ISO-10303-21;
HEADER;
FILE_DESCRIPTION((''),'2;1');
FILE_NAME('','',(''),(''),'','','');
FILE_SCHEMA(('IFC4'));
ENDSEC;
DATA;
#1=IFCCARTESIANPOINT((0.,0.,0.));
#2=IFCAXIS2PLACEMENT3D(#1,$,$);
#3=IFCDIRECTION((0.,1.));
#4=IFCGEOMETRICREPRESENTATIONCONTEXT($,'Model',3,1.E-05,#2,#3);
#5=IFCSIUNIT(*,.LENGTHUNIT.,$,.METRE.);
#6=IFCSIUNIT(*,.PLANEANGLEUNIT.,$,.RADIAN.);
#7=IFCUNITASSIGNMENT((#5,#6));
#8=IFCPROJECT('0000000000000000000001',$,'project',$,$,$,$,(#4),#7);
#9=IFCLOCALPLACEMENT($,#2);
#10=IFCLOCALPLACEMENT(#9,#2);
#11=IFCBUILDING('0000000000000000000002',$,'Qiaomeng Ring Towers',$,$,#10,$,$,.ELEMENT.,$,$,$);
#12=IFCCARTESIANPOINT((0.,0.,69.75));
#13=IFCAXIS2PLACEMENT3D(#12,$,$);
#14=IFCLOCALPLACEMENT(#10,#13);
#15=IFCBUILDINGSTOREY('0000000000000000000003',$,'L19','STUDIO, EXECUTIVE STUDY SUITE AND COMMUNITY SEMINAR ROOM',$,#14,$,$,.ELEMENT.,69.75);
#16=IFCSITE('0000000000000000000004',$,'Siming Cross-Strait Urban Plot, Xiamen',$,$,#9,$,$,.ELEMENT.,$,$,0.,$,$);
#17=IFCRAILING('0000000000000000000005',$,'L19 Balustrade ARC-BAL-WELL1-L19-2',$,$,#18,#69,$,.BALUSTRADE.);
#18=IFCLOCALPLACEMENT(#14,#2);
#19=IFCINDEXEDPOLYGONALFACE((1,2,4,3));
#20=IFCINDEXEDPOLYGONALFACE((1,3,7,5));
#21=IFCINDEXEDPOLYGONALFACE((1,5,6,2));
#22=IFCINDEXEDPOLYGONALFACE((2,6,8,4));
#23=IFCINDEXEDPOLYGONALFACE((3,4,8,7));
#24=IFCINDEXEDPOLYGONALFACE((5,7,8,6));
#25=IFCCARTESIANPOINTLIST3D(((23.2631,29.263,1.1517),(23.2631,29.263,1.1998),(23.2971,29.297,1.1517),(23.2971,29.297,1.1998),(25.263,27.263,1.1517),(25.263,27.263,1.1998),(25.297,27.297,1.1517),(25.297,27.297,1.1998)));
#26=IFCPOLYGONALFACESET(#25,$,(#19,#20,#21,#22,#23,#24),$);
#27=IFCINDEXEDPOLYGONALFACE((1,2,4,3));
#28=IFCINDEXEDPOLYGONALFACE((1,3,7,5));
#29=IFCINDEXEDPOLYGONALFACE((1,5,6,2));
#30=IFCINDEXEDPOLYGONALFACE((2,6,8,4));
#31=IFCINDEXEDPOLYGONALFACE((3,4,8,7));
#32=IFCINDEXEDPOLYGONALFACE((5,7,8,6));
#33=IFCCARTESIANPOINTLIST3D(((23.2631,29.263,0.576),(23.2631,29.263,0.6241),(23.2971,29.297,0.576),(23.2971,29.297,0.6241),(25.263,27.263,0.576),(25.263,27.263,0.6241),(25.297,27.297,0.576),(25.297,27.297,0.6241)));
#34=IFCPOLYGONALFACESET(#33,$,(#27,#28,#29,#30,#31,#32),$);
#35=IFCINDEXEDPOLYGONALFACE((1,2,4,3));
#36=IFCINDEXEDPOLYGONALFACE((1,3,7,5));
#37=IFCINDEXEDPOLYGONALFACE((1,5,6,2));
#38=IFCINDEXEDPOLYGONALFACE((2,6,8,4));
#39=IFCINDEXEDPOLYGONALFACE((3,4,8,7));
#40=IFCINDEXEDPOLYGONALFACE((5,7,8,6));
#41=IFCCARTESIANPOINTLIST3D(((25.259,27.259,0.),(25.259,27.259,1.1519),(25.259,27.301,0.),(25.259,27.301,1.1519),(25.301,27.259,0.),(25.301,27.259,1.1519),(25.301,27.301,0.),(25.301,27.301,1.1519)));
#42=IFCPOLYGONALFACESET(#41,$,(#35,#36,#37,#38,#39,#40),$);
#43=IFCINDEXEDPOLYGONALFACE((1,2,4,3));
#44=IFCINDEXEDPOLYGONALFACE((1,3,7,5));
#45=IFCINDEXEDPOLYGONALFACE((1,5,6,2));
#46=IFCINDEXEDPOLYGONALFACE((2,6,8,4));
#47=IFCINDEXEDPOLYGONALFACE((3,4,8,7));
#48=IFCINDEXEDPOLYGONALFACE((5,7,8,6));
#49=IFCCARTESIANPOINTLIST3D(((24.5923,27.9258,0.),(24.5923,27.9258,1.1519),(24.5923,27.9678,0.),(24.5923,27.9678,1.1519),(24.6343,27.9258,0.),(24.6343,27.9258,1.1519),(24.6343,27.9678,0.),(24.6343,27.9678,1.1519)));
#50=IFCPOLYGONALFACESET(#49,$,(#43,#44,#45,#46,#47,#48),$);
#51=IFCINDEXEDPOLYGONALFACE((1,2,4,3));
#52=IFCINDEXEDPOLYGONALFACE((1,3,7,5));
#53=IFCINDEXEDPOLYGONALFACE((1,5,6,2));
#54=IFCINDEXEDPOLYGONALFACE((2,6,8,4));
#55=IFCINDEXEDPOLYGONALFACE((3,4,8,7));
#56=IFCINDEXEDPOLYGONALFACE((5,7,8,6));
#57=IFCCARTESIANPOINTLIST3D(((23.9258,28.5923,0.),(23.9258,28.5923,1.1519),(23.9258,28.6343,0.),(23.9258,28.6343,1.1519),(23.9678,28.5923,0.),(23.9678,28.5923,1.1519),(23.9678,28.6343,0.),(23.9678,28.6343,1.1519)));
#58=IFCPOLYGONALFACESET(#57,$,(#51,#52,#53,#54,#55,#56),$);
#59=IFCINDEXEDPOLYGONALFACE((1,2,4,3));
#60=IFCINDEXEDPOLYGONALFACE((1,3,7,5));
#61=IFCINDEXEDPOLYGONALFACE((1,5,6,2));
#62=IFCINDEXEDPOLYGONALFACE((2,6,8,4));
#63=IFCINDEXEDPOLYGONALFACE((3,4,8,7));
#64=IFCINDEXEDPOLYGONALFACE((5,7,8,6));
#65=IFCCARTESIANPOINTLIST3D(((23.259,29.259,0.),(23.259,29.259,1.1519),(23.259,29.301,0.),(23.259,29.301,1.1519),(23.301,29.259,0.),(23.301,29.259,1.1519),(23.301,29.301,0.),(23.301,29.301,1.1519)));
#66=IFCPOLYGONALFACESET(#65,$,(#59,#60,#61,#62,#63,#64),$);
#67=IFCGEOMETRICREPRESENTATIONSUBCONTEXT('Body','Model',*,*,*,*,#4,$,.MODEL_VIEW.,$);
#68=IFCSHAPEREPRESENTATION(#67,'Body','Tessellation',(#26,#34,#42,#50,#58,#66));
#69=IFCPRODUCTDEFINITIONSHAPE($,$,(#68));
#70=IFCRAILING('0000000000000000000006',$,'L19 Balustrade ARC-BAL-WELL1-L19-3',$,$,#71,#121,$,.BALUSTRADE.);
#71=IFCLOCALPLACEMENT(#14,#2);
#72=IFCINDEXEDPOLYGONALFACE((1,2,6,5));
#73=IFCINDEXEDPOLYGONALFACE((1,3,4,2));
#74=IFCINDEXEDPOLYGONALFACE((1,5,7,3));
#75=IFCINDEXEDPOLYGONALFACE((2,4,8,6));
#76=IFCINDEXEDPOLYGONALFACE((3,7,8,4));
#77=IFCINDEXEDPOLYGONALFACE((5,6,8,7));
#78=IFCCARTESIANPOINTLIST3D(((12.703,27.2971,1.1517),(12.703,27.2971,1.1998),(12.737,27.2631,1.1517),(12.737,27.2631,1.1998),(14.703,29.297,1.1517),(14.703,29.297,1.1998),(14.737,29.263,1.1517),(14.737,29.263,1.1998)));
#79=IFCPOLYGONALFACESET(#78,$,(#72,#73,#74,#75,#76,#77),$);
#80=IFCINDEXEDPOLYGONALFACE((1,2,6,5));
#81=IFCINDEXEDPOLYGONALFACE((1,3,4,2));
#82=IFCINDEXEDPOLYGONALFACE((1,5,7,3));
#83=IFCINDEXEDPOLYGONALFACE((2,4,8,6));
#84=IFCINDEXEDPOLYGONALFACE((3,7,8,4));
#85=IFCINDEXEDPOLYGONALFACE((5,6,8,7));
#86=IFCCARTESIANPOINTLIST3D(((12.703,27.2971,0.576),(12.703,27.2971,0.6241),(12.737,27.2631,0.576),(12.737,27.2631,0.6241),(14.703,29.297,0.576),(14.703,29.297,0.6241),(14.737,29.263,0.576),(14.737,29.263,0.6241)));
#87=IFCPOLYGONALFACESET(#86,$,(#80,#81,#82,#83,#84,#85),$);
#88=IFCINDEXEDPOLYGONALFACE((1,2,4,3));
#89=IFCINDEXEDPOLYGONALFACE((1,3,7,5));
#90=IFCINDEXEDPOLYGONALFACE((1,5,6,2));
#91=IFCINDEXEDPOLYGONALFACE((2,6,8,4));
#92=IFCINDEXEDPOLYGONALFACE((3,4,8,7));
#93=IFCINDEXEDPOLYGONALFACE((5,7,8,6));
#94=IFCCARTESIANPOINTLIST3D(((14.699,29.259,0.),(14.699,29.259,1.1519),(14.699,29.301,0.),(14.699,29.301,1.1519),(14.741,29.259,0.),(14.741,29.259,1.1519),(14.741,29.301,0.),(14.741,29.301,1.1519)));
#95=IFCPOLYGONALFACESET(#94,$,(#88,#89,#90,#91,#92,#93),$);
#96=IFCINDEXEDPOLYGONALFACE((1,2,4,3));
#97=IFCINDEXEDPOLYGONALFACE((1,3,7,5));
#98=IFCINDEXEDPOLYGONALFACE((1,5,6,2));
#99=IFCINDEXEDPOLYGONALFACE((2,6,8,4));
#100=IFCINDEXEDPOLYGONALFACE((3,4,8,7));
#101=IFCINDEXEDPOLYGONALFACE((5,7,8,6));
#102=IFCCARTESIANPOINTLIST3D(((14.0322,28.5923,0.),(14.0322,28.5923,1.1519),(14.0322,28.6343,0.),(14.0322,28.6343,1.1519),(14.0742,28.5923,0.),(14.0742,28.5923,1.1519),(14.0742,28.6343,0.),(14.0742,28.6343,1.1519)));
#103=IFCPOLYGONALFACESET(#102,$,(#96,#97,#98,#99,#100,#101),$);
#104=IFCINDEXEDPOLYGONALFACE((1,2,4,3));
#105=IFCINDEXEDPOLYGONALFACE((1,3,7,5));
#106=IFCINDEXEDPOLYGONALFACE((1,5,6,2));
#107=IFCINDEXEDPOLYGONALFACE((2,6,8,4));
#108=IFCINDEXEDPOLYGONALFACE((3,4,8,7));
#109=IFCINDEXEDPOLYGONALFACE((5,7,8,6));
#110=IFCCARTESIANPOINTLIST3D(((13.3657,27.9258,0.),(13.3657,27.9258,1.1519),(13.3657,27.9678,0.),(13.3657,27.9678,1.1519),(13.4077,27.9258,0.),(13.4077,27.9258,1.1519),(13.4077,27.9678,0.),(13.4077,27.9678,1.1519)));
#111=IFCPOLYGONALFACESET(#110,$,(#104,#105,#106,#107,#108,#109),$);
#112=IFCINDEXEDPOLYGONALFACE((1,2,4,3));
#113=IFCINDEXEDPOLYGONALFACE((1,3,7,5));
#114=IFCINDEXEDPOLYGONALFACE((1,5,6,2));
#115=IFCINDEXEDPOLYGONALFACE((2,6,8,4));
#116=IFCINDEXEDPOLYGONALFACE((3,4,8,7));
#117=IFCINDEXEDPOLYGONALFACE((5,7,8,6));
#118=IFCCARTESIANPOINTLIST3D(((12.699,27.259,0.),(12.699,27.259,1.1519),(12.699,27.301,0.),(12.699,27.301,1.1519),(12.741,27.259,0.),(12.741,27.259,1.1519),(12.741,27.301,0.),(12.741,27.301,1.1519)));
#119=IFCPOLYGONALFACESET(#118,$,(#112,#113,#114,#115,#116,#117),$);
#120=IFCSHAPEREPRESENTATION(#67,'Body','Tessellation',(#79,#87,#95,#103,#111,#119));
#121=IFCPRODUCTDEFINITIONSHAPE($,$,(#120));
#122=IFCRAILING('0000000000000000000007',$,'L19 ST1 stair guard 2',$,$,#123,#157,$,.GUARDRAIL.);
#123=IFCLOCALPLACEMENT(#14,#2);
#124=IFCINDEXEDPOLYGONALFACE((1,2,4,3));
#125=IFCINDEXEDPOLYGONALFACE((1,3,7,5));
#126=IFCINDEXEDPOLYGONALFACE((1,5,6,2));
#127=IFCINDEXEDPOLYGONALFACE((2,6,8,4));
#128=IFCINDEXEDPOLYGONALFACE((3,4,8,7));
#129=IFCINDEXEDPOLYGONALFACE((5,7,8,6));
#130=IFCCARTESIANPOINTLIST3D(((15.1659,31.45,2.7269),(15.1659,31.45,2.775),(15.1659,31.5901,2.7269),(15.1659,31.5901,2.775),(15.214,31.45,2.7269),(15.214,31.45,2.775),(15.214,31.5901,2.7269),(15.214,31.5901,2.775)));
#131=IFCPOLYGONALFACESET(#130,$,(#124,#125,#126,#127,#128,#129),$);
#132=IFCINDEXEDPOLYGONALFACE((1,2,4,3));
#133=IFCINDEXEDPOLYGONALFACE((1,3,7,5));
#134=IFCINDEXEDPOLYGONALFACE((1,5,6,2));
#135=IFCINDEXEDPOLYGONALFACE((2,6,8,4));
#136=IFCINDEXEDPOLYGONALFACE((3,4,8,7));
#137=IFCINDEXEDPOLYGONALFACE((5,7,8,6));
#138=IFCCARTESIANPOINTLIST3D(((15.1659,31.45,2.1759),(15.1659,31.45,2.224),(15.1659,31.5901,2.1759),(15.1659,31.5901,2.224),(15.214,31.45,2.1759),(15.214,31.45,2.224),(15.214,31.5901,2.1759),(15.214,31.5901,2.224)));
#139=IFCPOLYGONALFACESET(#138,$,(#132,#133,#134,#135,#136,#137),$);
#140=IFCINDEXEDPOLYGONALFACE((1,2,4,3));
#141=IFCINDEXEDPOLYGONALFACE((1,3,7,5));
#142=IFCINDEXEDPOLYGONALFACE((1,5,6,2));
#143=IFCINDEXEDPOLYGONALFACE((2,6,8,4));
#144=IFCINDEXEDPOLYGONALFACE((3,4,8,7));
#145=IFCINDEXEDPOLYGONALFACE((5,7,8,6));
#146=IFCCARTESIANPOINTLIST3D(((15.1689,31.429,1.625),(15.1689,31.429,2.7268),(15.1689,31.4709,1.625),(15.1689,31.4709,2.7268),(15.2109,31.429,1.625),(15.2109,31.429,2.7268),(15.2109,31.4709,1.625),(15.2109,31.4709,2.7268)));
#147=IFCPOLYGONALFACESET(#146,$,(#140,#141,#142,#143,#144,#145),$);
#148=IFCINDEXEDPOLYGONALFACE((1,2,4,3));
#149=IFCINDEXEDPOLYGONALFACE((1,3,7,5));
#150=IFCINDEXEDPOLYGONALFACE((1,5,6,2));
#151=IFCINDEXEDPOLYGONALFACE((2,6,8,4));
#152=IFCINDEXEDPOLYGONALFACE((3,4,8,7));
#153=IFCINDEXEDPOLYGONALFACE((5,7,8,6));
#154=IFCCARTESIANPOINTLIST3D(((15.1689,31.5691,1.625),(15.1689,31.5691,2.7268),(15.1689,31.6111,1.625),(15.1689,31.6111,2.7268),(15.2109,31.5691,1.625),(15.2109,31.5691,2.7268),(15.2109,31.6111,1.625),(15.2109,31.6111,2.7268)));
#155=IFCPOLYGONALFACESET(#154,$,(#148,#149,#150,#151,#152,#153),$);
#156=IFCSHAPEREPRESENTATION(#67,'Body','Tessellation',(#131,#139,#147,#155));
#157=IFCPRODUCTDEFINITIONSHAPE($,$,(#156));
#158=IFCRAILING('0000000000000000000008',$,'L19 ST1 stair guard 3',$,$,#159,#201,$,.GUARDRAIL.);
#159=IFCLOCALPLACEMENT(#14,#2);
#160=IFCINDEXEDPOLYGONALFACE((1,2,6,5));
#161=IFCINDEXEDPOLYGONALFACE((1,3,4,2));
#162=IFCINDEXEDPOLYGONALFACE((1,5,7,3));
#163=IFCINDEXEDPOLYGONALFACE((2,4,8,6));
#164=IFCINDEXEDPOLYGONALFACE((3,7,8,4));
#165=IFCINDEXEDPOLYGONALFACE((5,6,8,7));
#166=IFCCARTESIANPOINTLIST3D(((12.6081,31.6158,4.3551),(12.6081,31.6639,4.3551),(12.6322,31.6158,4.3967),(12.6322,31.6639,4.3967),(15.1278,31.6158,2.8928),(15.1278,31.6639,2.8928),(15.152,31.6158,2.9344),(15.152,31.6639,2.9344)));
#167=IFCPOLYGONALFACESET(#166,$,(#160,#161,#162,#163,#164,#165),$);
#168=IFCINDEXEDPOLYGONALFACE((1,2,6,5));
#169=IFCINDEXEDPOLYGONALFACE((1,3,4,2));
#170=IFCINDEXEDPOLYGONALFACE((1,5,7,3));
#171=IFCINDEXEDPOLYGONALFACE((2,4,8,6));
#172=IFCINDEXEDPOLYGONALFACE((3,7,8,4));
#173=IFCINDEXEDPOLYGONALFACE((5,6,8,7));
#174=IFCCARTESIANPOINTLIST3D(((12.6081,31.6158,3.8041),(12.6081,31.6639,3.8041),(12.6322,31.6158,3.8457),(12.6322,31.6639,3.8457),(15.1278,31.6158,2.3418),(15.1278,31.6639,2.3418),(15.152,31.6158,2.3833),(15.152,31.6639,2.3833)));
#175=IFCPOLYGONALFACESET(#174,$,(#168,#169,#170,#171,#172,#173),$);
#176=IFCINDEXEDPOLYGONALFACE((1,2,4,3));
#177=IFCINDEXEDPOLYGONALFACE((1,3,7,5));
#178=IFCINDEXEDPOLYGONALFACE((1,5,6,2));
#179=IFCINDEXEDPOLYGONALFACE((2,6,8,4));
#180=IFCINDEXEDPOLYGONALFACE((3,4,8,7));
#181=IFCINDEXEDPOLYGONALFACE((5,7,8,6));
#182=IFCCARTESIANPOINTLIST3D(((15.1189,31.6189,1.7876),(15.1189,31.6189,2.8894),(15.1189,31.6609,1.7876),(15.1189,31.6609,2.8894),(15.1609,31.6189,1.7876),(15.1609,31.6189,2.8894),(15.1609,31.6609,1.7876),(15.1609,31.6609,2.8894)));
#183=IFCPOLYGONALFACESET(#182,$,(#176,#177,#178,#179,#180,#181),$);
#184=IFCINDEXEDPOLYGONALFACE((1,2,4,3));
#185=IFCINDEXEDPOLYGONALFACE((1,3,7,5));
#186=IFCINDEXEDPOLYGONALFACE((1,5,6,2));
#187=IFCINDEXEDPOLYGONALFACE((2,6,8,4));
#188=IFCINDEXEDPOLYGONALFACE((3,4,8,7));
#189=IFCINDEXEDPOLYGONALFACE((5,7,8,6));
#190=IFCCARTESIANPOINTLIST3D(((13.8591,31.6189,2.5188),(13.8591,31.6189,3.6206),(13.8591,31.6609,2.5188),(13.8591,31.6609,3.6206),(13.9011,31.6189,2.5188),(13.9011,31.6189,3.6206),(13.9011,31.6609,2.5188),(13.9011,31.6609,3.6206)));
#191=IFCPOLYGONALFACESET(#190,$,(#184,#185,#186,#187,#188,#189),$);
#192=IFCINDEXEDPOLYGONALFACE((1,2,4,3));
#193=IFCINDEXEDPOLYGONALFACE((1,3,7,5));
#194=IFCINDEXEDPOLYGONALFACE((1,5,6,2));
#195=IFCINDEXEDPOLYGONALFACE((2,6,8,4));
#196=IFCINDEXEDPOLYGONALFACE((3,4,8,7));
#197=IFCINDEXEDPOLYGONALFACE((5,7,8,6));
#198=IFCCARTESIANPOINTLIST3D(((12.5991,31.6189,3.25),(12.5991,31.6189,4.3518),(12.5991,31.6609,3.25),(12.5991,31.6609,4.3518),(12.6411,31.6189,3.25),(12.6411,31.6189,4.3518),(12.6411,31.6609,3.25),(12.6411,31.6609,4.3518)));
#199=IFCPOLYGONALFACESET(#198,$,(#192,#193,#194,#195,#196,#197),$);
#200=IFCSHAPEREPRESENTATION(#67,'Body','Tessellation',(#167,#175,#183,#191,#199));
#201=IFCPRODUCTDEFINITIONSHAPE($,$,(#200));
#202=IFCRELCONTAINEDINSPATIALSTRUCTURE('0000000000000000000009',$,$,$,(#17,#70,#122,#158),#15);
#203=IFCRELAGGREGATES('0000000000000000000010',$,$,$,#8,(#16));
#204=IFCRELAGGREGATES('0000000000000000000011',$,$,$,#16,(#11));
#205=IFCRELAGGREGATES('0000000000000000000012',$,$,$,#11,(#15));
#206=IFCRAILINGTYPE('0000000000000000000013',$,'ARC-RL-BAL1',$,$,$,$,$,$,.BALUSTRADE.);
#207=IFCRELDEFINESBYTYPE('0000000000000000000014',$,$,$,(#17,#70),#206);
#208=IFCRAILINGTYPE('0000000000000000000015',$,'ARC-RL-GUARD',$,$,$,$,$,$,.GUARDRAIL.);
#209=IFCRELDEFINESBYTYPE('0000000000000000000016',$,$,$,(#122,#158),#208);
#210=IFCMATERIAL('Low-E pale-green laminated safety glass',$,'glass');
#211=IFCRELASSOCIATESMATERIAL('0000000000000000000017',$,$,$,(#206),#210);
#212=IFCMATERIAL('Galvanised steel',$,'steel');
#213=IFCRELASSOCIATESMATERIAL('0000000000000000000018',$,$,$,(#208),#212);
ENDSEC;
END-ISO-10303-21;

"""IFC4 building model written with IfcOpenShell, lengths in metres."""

from ifc_helpers import new_model, si_unit, direction, frame, origin, origin_2d, place, context, subcontext, project, spatial, rectangle, extrude, material, type_object, element, save


model = new_model("IFC4")

# Units and contexts
model_context = context("Model", 3, precision=1e-05, world=origin(), true_north=direction((0.0, 1.0)))
body_context = subcontext(model_context, "Body", "Model", "MODEL_VIEW")
ifc_project = project(units=[si_unit("LENGTHUNIT", "METRE"), si_unit("PLANEANGLEUNIT", "RADIAN")], contexts=[model_context])

# Site, building, storey
site_placement = place(None, origin())
site = spatial("IfcSite", under=ifc_project, at=site_placement, Name="Siming Cross-Strait Urban Plot, Xiamen", CompositionType="ELEMENT", RefElevation=0.0)
building_placement = place(site_placement, origin())
building = spatial("IfcBuilding", under=site, at=building_placement, Name="Qiaomeng Ring Towers", CompositionType="ELEMENT")
storey_placement = place(building_placement, frame((0.0, 0.0, 69.75)))
storey = spatial("IfcBuildingStorey", under=building, at=storey_placement, Name="L19", Description="STUDIO, EXECUTIVE STUDY SUITE AND COMMUNITY SEMINAR ROOM", CompositionType="ELEMENT", Elevation=69.75)

# Railings
ifc_material_1 = material(Name="Low-E pale-green laminated safety glass", Category="glass")
railing_type_1 = type_object("IfcRailingType", Name="ARC-RL-BAL1", PredefinedType="BALUSTRADE", material=ifc_material_1)
railing_1_placement = place(storey_placement, frame((25.28, 27.28, 0.0)))
element("IfcRailing", 1, at=railing_1_placement, inside=storey, type_object=railing_type_1, Name="L19 Balustrade ARC-BAL-WELL1-L19-2", PredefinedType="BALUSTRADE", context=body_context, shape_type="SweptSolid", body=[
    extrude(rectangle(XDim=0.0481, YDim=0.0481, at=origin_2d()), frame((0.0, 0.0, 1.1758), z_axis=(-0.707107, 0.707107, 0.0), x_axis=(-0.707107, -0.707107, 0.0)), (0.0, 0.0, 1.0), 2.8284),
    extrude(rectangle(XDim=0.0481, YDim=0.0481, at=origin_2d()), frame((0.0, 0.0, 0.6001), z_axis=(-0.707107, 0.707107, 0.0), x_axis=(-0.707107, -0.707107, 0.0)), (0.0, 0.0, 1.0), 2.8284),
    extrude(rectangle(XDim=0.042, YDim=0.042, at=origin_2d()), origin(), (0.0, 0.0, 1.0), 1.1519),
    extrude(rectangle(XDim=0.042, YDim=0.042, at=origin_2d()), frame((-0.6667, 0.6667, 0.0)), (0.0, 0.0, 1.0), 1.1519),
    extrude(rectangle(XDim=0.042, YDim=0.042, at=origin_2d()), frame((-1.3333, 1.3333, 0.0)), (0.0, 0.0, 1.0), 1.1519),
    extrude(rectangle(XDim=0.042, YDim=0.042, at=origin_2d()), frame((-2.0, 2.0, 0.0)), (0.0, 0.0, 1.0), 1.1519),
])
railing_2_placement = place(storey_placement, frame((14.72, 29.28, 0.0)))
element("IfcRailing", 2, at=railing_2_placement, inside=storey, type_object=railing_type_1, Name="L19 Balustrade ARC-BAL-WELL1-L19-3", PredefinedType="BALUSTRADE", context=body_context, shape_type="SweptSolid", body=[
    extrude(rectangle(XDim=0.0481, YDim=0.0481, at=origin_2d()), frame((0.0, 0.0, 1.1758), z_axis=(-0.707107, -0.707107, 0.0), x_axis=(0.707107, -0.707107, 0.0)), (0.0, 0.0, 1.0), 2.8284),
    extrude(rectangle(XDim=0.0481, YDim=0.0481, at=origin_2d()), frame((0.0, 0.0, 0.6001), z_axis=(-0.707107, -0.707107, 0.0), x_axis=(0.707107, -0.707107, 0.0)), (0.0, 0.0, 1.0), 2.8284),
    extrude(rectangle(XDim=0.042, YDim=0.042, at=origin_2d()), origin(), (0.0, 0.0, 1.0), 1.1519),
    extrude(rectangle(XDim=0.042, YDim=0.042, at=origin_2d()), frame((-0.6667, -0.6667, 0.0)), (0.0, 0.0, 1.0), 1.1519),
    extrude(rectangle(XDim=0.042, YDim=0.042, at=origin_2d()), frame((-1.3333, -1.3333, 0.0)), (0.0, 0.0, 1.0), 1.1519),
    extrude(rectangle(XDim=0.042, YDim=0.042, at=origin_2d()), frame((-2.0, -2.0, 0.0)), (0.0, 0.0, 1.0), 1.1519),
])
ifc_material_2 = material(Name="Galvanised steel", Category="steel")
railing_type_2 = type_object("IfcRailingType", Name="ARC-RL-GUARD", PredefinedType="GUARDRAIL", material=ifc_material_2)
railing_3_placement = place(storey_placement, frame((15.1899, 31.45, 1.625)))
element("IfcRailing", 3, at=railing_3_placement, inside=storey, type_object=railing_type_2, Name="L19 ST1 stair guard 2", PredefinedType="GUARDRAIL", context=body_context, shape_type="SweptSolid", body=[
    extrude(rectangle(XDim=0.0481, YDim=0.0481, at=origin_2d()), frame((0.0, 0.0, 1.126), z_axis=(0.0, 1.0, 0.0), x_axis=(-1.0, 0.0, 0.0)), (0.0, 0.0, 1.0), 0.1401),
    extrude(rectangle(XDim=0.0481, YDim=0.0481, at=origin_2d()), frame((0.0, 0.0, 0.575), z_axis=(0.0, 1.0, 0.0), x_axis=(-1.0, 0.0, 0.0)), (0.0, 0.0, 1.0), 0.1401),
    extrude(rectangle(XDim=0.042, YDim=0.042, at=origin_2d()), origin(), (0.0, 0.0, 1.0), 1.1018),
    extrude(rectangle(XDim=0.042, YDim=0.042, at=origin_2d()), frame((0.0, 0.1401, 0.0)), (0.0, 0.0, 1.0), 1.1018),
])
railing_4_placement = place(storey_placement, frame((15.1399, 31.6399, 1.7876)))
element("IfcRailing", 4, at=railing_4_placement, inside=storey, type_object=railing_type_2, Name="L19 ST1 stair guard 3", PredefinedType="GUARDRAIL", context=body_context, shape_type="SweptSolid", body=[
    extrude(rectangle(XDim=0.0481, YDim=0.0481, at=origin_2d()), frame((0.0, 0.0, 1.126), z_axis=(-0.864892, 0.0, 0.501958), x_axis=(0.0, -1.0, 0.0)), (0.0, 0.0, 1.0), 2.9133),
    extrude(rectangle(XDim=0.0481, YDim=0.0481, at=origin_2d()), frame((0.0, 0.0, 0.575), z_axis=(-0.864892, 0.0, 0.501958), x_axis=(0.0, -1.0, 0.0)), (0.0, 0.0, 1.0), 2.9133),
    extrude(rectangle(XDim=0.042, YDim=0.042, at=origin_2d()), origin(), (0.0, 0.0, 1.0), 1.1018),
    extrude(rectangle(XDim=0.042, YDim=0.042, at=origin_2d()), frame((-1.2598, 0.0, 0.7312)), (0.0, 0.0, 1.0), 1.1018),
    extrude(rectangle(XDim=0.042, YDim=0.042, at=origin_2d()), frame((-2.5198, 0.0, 1.4624)), (0.0, 0.0, 1.0), 1.1018),
])

save(model, "model.ifc")
